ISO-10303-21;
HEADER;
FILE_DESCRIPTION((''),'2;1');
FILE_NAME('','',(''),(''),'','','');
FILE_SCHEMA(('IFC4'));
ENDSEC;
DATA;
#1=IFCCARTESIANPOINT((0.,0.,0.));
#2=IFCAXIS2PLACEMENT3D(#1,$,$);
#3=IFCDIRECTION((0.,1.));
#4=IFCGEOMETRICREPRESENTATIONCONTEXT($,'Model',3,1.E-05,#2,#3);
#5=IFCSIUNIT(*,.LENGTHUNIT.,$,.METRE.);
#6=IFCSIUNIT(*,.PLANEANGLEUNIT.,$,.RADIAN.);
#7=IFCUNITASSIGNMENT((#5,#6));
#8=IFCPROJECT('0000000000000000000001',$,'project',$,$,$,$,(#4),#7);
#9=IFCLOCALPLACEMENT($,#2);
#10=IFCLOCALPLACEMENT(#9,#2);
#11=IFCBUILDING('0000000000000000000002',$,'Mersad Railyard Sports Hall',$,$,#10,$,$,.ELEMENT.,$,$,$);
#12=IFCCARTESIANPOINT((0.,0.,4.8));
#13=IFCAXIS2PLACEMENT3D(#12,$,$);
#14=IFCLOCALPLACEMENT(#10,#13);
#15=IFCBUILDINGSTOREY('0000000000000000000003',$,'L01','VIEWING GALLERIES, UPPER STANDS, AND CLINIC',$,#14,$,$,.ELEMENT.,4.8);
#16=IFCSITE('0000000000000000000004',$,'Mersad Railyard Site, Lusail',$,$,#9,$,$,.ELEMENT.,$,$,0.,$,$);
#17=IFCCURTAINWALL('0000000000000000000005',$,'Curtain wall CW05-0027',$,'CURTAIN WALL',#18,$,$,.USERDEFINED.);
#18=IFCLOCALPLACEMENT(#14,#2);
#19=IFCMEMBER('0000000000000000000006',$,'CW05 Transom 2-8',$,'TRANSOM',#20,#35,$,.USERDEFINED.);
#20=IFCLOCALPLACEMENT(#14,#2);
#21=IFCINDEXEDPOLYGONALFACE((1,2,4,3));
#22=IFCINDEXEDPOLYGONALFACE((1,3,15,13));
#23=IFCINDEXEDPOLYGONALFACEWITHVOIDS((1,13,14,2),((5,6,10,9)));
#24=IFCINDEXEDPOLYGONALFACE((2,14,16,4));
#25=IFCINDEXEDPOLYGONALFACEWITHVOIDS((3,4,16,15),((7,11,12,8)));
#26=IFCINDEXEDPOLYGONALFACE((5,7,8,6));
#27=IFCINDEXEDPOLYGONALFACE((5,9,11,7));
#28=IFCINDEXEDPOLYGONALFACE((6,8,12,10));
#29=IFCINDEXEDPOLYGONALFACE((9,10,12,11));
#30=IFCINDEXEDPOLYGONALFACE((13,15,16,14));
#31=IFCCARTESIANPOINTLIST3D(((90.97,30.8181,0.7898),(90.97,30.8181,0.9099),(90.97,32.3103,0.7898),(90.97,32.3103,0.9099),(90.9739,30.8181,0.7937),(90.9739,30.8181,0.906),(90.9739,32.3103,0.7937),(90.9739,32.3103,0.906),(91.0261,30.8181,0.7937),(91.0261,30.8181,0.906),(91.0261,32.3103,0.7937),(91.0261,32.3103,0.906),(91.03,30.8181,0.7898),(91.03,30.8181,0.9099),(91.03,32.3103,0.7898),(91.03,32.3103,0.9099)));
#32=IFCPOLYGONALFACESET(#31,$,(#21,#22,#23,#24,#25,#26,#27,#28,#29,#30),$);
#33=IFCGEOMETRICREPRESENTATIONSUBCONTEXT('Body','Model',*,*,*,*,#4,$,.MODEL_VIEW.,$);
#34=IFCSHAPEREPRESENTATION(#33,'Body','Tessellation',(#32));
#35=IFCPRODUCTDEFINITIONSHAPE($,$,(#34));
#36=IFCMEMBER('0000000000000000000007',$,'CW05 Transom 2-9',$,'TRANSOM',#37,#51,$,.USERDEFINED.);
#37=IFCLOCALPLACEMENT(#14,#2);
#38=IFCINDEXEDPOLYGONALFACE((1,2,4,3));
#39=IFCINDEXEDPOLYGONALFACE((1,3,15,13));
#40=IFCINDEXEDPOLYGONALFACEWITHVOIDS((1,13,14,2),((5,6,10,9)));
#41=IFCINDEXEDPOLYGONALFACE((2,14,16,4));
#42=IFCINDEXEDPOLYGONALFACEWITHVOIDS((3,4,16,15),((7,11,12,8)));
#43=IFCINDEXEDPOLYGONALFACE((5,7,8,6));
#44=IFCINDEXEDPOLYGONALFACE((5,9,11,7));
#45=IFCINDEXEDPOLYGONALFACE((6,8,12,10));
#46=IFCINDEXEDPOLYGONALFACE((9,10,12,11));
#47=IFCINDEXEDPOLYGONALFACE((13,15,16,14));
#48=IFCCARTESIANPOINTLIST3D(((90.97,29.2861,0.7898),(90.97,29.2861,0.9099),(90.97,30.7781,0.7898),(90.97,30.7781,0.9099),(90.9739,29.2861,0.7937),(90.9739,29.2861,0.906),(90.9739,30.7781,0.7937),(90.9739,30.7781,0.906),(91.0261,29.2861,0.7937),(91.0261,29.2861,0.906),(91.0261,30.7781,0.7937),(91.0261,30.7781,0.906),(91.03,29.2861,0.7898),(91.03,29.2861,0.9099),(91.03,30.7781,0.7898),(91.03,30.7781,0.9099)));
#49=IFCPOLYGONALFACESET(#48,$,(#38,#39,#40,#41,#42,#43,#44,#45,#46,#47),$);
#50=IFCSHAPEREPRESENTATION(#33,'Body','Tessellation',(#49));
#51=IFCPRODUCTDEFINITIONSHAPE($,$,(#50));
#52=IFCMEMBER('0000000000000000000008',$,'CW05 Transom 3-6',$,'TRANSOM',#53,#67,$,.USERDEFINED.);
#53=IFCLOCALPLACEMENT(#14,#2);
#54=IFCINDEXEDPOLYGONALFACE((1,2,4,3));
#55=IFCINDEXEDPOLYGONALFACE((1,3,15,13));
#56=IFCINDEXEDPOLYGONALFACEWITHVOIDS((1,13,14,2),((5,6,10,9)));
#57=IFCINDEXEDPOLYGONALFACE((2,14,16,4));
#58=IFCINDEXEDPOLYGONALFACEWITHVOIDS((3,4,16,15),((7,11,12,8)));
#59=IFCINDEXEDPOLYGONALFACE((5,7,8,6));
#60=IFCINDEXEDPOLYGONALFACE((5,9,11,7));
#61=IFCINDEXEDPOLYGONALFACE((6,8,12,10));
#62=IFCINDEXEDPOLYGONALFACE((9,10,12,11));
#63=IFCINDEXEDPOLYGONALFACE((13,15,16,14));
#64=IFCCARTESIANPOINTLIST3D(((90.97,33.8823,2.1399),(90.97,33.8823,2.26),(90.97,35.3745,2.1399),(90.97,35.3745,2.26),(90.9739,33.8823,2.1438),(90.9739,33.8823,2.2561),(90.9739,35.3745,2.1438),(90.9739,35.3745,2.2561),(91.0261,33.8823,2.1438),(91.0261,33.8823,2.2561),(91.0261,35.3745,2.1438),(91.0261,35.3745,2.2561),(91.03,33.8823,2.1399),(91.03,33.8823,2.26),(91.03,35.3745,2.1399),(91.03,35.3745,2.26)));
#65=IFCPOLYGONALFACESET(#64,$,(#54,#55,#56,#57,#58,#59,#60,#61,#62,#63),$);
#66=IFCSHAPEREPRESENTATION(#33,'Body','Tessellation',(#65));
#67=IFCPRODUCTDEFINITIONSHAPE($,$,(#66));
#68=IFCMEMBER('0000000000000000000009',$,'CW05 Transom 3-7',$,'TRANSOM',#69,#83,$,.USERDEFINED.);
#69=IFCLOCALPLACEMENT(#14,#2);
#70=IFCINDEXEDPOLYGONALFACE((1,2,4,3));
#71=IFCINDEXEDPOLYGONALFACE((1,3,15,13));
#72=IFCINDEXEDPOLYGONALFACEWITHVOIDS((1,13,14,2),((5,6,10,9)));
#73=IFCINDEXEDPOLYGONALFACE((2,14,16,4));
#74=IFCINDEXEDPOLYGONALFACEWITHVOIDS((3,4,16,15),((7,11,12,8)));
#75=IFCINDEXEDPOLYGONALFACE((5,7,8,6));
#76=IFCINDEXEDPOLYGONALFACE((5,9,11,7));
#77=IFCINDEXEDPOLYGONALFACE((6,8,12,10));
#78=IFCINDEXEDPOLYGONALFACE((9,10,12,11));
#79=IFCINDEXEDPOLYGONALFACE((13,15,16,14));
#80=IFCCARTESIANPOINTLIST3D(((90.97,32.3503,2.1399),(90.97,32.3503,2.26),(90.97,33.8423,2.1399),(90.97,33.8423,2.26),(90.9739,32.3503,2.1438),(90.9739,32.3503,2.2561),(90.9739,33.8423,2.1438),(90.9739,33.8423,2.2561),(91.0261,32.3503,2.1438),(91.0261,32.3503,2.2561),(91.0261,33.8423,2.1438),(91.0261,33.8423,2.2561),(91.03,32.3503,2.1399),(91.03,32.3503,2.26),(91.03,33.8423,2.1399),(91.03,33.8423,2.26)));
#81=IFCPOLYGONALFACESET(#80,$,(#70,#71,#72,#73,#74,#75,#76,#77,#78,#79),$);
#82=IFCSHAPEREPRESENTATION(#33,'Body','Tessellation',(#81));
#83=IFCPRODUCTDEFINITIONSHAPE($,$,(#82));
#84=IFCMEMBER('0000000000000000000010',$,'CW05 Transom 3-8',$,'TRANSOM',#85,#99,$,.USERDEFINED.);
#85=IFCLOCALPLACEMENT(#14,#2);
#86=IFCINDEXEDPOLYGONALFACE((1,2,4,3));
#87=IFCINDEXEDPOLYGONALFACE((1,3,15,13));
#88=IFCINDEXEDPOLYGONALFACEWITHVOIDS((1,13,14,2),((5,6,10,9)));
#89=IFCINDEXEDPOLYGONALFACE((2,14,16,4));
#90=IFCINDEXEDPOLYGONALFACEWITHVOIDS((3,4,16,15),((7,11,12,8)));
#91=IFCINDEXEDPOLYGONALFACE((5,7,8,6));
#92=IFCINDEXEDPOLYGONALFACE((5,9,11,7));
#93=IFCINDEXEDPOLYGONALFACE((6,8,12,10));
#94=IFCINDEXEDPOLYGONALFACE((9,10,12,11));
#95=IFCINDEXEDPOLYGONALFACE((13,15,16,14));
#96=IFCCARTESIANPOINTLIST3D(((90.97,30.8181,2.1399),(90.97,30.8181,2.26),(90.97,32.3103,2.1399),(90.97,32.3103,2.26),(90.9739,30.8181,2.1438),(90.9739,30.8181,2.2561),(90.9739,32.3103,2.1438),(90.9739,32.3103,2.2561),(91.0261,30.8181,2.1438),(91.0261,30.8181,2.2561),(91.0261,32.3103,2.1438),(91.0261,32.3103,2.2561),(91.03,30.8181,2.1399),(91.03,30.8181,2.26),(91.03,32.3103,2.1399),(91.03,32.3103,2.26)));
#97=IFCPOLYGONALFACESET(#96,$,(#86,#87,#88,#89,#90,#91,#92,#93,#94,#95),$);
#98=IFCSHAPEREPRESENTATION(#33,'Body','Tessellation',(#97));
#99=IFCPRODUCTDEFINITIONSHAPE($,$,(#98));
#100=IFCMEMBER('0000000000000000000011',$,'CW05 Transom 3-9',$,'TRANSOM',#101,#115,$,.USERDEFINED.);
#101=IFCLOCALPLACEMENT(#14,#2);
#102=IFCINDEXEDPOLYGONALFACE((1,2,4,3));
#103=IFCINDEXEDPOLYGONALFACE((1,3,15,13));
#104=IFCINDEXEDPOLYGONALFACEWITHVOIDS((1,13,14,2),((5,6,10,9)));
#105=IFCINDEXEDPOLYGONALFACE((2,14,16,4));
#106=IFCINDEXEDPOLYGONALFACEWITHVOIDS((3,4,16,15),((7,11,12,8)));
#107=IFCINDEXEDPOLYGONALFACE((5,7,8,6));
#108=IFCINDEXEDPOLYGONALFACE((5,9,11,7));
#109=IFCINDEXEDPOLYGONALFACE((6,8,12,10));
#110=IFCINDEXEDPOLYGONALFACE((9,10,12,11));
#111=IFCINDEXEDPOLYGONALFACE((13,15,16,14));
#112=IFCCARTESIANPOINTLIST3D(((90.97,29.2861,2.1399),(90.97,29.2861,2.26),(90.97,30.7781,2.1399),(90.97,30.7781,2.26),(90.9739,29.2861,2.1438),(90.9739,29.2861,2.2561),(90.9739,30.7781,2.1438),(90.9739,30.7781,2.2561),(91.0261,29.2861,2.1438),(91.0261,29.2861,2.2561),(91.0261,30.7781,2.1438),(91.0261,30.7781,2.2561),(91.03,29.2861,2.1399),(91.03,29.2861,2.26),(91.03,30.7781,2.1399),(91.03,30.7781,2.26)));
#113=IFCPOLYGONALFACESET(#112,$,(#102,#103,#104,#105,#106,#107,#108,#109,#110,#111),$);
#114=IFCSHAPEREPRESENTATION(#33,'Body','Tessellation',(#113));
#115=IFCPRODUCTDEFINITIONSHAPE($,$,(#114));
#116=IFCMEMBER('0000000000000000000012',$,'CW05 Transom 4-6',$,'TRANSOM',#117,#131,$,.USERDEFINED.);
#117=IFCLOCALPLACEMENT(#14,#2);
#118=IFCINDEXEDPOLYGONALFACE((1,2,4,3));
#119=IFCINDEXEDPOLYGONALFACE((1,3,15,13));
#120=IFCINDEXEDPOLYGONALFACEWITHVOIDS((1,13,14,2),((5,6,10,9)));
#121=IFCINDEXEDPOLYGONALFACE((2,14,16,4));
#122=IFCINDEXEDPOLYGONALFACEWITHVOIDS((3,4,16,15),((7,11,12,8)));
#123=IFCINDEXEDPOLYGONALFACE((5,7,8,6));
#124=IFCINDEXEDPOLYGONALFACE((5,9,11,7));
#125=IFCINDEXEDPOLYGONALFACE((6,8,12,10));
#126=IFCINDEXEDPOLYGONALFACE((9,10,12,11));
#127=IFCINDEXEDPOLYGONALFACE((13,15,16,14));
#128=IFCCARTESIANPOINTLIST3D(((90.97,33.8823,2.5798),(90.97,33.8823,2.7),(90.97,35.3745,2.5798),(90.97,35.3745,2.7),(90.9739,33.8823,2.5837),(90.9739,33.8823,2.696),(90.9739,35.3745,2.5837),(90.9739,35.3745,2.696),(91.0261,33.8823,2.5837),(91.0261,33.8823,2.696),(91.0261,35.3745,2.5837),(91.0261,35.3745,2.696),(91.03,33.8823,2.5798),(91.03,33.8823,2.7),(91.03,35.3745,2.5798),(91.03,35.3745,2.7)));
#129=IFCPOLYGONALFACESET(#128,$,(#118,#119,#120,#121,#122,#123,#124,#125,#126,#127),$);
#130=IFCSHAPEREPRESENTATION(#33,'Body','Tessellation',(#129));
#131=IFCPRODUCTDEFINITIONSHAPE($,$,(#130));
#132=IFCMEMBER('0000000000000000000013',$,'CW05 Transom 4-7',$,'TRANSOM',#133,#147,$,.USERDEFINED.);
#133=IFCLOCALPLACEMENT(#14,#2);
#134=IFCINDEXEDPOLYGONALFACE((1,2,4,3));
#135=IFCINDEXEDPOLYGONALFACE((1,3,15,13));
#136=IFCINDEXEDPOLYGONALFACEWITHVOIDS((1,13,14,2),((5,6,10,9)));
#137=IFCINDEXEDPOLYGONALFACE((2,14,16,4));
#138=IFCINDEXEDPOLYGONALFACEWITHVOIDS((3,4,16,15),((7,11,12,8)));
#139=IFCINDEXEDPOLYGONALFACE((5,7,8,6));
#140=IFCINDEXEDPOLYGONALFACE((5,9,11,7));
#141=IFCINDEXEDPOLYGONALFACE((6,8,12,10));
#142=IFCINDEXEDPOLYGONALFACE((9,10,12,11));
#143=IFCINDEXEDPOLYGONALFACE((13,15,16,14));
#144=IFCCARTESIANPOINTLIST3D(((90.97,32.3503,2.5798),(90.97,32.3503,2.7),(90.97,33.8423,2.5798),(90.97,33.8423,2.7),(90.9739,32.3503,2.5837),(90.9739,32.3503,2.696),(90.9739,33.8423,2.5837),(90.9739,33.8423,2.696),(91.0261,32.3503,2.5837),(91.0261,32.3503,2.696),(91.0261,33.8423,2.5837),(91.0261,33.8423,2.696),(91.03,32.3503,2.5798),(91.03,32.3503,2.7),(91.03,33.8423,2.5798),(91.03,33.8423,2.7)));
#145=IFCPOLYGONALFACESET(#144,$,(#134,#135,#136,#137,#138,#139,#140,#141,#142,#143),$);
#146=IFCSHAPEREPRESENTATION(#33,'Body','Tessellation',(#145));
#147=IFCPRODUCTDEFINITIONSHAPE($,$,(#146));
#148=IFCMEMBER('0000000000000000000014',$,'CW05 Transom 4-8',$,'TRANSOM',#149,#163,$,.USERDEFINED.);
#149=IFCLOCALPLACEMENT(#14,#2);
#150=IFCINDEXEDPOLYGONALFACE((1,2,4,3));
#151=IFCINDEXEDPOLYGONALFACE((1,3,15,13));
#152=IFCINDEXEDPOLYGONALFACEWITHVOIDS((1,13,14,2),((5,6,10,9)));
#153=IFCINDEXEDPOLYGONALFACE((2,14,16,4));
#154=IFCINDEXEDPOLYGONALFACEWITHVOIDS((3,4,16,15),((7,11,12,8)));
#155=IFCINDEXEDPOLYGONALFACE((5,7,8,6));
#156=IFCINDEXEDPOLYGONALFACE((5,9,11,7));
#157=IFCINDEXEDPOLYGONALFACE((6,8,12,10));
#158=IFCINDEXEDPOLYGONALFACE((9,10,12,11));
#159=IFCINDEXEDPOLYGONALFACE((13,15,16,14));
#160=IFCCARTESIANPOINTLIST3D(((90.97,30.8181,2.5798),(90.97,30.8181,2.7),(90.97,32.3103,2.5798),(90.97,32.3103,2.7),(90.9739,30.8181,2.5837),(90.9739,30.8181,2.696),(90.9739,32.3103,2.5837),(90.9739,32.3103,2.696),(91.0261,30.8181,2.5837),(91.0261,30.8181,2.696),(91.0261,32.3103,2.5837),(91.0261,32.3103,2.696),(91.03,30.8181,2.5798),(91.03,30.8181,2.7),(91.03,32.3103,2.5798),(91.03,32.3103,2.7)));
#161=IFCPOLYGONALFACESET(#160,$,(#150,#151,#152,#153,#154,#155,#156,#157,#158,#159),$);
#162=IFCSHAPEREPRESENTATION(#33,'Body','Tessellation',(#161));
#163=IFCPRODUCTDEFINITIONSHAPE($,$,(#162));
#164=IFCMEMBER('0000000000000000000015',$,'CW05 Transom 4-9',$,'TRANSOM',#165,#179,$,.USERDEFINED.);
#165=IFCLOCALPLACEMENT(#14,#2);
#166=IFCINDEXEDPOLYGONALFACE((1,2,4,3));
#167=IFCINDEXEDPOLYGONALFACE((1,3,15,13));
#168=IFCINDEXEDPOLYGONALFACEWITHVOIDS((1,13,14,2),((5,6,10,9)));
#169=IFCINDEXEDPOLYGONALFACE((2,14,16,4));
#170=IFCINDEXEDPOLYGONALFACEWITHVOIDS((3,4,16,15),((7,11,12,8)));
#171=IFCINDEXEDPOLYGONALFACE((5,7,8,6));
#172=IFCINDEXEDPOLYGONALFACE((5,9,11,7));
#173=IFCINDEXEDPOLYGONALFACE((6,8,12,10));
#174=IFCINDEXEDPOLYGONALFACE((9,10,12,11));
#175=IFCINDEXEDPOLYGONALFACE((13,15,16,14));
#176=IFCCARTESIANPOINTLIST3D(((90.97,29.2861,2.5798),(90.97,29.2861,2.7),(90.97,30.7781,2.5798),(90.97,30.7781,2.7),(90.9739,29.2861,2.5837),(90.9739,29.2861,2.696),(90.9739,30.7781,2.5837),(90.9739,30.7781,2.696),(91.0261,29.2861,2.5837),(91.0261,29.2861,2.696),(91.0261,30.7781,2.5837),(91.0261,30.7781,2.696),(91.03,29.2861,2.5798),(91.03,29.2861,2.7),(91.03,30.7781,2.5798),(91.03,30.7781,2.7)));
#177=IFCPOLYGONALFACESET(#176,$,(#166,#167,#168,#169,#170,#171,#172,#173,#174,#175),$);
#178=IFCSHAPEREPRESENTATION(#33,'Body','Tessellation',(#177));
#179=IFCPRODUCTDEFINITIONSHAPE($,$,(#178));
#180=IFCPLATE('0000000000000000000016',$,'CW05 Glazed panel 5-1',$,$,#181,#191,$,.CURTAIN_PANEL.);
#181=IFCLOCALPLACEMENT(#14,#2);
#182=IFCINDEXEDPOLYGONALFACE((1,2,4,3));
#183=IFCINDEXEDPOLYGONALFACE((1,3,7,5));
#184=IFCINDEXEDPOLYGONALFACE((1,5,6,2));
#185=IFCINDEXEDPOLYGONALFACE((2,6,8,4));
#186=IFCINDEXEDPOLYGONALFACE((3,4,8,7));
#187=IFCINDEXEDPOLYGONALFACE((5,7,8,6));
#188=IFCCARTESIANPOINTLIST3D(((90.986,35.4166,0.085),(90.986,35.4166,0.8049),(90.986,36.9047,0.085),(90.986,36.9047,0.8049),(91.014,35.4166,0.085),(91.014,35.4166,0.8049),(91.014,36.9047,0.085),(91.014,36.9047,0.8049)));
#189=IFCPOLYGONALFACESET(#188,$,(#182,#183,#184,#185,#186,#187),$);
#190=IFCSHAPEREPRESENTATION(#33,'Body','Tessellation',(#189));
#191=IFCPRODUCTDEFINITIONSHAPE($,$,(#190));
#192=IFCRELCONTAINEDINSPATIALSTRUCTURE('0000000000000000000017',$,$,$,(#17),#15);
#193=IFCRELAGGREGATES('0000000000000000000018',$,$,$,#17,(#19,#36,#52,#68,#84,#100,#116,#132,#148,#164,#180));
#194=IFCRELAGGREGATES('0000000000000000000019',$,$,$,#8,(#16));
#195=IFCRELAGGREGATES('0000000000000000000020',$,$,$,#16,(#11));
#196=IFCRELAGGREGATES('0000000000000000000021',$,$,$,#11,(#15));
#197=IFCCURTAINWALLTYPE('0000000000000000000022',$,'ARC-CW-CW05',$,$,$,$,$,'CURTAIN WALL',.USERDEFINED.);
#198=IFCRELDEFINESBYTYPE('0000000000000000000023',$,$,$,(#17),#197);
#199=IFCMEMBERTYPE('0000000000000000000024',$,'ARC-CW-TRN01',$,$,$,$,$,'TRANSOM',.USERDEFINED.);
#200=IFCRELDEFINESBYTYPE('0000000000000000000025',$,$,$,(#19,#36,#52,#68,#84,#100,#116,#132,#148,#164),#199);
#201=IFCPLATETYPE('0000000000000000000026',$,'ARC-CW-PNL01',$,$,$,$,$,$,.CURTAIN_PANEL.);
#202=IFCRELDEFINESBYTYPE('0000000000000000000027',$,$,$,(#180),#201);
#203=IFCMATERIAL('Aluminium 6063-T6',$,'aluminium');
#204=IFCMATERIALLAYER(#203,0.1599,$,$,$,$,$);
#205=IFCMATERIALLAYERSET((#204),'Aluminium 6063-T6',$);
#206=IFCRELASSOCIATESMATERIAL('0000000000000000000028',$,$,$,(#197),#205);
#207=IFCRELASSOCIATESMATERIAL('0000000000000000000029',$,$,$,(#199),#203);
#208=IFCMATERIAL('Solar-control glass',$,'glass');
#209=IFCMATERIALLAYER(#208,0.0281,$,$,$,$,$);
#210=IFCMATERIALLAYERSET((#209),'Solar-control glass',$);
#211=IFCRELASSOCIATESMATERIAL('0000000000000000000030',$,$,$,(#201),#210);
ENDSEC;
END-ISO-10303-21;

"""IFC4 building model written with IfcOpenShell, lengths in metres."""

from ifc_helpers import new_model, si_unit, direction, frame, origin, origin_2d, place, context, subcontext, project, spatial, rectangle, hollow_rectangle, extrude, material, layer, layer_set, material_profile, profile_set, type_object, element, aggregate, save


model = new_model("IFC4")

# Units and contexts
model_context = context("Model", 3, precision=1e-05, world=origin(), true_north=direction((0.0, 1.0)))
body_context = subcontext(model_context, "Body", "Model", "MODEL_VIEW")
ifc_project = project(units=[si_unit("LENGTHUNIT", "METRE"), si_unit("PLANEANGLEUNIT", "RADIAN")], contexts=[model_context])

# Site, building, storey
site_placement = place(None, origin())
site = spatial("IfcSite", under=ifc_project, at=site_placement, Name="Mersad Railyard Site, Lusail", CompositionType="ELEMENT", RefElevation=0.0)
building_placement = place(site_placement, origin())
building = spatial("IfcBuilding", under=site, at=building_placement, Name="Mersad Railyard Sports Hall", CompositionType="ELEMENT")
storey_placement = place(building_placement, frame((0.0, 0.0, 4.8)))
storey = spatial("IfcBuildingStorey", under=building, at=storey_placement, Name="L01", Description="VIEWING GALLERIES, UPPER STANDS, AND CLINIC", CompositionType="ELEMENT", Elevation=4.8)

# Curtain wall, members, plate
ifc_material_1 = material(Name="Aluminium 6063-T6", Category="aluminium")
ifc_layer_1 = layer(ifc_material_1, 0.1599)
ifc_layer_set_1 = layer_set([ifc_layer_1], Name="Aluminium 6063-T6")
curtain_wall_type = type_object("IfcCurtainWallType", Name="ARC-CW-CW05", ElementType="CURTAIN WALL", PredefinedType="USERDEFINED", material=ifc_layer_set_1)
curtain_wall_placement = place(storey_placement, origin())
curtain_wall = element("IfcCurtainWall", 1, at=curtain_wall_placement, inside=storey, type_object=curtain_wall_type, Name="Curtain wall CW05-0027", ObjectType="CURTAIN WALL", PredefinedType="USERDEFINED")
ifc_material_profile_1 = material_profile(ifc_material_1, hollow_rectangle(XDim=0.0601, YDim=0.1201, WallThickness=0.0039, at=origin_2d()), Name="AL TRANSOM 60x120x4")
ifc_profile_set_1 = profile_set([ifc_material_profile_1], Name="Aluminium 6063-T6")
member_type_1 = type_object("IfcMemberType", Name="ARC-CW-TRN01", ElementType="TRANSOM", PredefinedType="USERDEFINED", material=ifc_profile_set_1)
member_1_placement = place(storey_placement, frame((91.0, 32.3103, 0.8499), z_axis=(0.0, -1.0, 0.0), x_axis=(1.0, 0.0, 0.0)))
member_1 = element("IfcMember", 2, at=member_1_placement, type_object=member_type_1, Name="CW05 Transom 2-8", ObjectType="TRANSOM", PredefinedType="USERDEFINED", context=body_context, shape_type="SweptSolid", body=[
    extrude(hollow_rectangle(XDim=0.0601, YDim=0.1201, WallThickness=0.0039, at=origin_2d()), origin(), (0.0, 0.0, 1.0), 1.4922),
])
member_2_placement = place(storey_placement, frame((91.0, 30.7781, 0.8499), z_axis=(0.0, -1.0, 0.0), x_axis=(1.0, 0.0, 0.0)))
member_2 = element("IfcMember", 3, at=member_2_placement, type_object=member_type_1, Name="CW05 Transom 2-9", ObjectType="TRANSOM", PredefinedType="USERDEFINED", context=body_context, shape_type="SweptSolid", body=[
    extrude(hollow_rectangle(XDim=0.0601, YDim=0.1201, WallThickness=0.0039, at=origin_2d()), origin(), (0.0, 0.0, 1.0), 1.4919),
])
member_3_placement = place(storey_placement, frame((91.0, 35.3745, 2.2), z_axis=(0.0, -1.0, 0.0), x_axis=(1.0, 0.0, 0.0)))
member_3 = element("IfcMember", 4, at=member_3_placement, type_object=member_type_1, Name="CW05 Transom 3-6", ObjectType="TRANSOM", PredefinedType="USERDEFINED", context=body_context, shape_type="SweptSolid", body=[
    extrude(hollow_rectangle(XDim=0.0601, YDim=0.1201, WallThickness=0.0039, at=origin_2d()), origin(), (0.0, 0.0, 1.0), 1.4922),
])
member_4_placement = place(storey_placement, frame((91.0, 33.8423, 2.2), z_axis=(0.0, -1.0, 0.0), x_axis=(1.0, 0.0, 0.0)))
member_4 = element("IfcMember", 5, at=member_4_placement, type_object=member_type_1, Name="CW05 Transom 3-7", ObjectType="TRANSOM", PredefinedType="USERDEFINED", context=body_context, shape_type="SweptSolid", body=[
    extrude(hollow_rectangle(XDim=0.0601, YDim=0.1201, WallThickness=0.0039, at=origin_2d()), origin(), (0.0, 0.0, 1.0), 1.4919),
])
member_5_placement = place(storey_placement, frame((91.0, 32.3103, 2.2), z_axis=(0.0, -1.0, 0.0), x_axis=(1.0, 0.0, 0.0)))
member_5 = element("IfcMember", 6, at=member_5_placement, type_object=member_type_1, Name="CW05 Transom 3-8", ObjectType="TRANSOM", PredefinedType="USERDEFINED", context=body_context, shape_type="SweptSolid", body=[
    extrude(hollow_rectangle(XDim=0.0601, YDim=0.1201, WallThickness=0.0039, at=origin_2d()), origin(), (0.0, 0.0, 1.0), 1.4922),
])
member_6_placement = place(storey_placement, frame((91.0, 30.7781, 2.2), z_axis=(0.0, -1.0, 0.0), x_axis=(1.0, 0.0, 0.0)))
member_6 = element("IfcMember", 7, at=member_6_placement, type_object=member_type_1, Name="CW05 Transom 3-9", ObjectType="TRANSOM", PredefinedType="USERDEFINED", context=body_context, shape_type="SweptSolid", body=[
    extrude(hollow_rectangle(XDim=0.0601, YDim=0.1201, WallThickness=0.0039, at=origin_2d()), origin(), (0.0, 0.0, 1.0), 1.4919),
])
member_7_placement = place(storey_placement, frame((91.0, 35.3745, 2.6399), z_axis=(0.0, -1.0, 0.0), x_axis=(1.0, 0.0, 0.0)))
member_7 = element("IfcMember", 8, at=member_7_placement, type_object=member_type_1, Name="CW05 Transom 4-6", ObjectType="TRANSOM", PredefinedType="USERDEFINED", context=body_context, shape_type="SweptSolid", body=[
    extrude(hollow_rectangle(XDim=0.0601, YDim=0.1201, WallThickness=0.0039, at=origin_2d()), origin(), (0.0, 0.0, 1.0), 1.4922),
])
member_8_placement = place(storey_placement, frame((91.0, 33.8423, 2.6399), z_axis=(0.0, -1.0, 0.0), x_axis=(1.0, 0.0, 0.0)))
member_8 = element("IfcMember", 9, at=member_8_placement, type_object=member_type_1, Name="CW05 Transom 4-7", ObjectType="TRANSOM", PredefinedType="USERDEFINED", context=body_context, shape_type="SweptSolid", body=[
    extrude(hollow_rectangle(XDim=0.0601, YDim=0.1201, WallThickness=0.0039, at=origin_2d()), origin(), (0.0, 0.0, 1.0), 1.4919),
])
member_9_placement = place(storey_placement, frame((91.0, 32.3103, 2.6399), z_axis=(0.0, -1.0, 0.0), x_axis=(1.0, 0.0, 0.0)))
member_9 = element("IfcMember", 10, at=member_9_placement, type_object=member_type_1, Name="CW05 Transom 4-8", ObjectType="TRANSOM", PredefinedType="USERDEFINED", context=body_context, shape_type="SweptSolid", body=[
    extrude(hollow_rectangle(XDim=0.0601, YDim=0.1201, WallThickness=0.0039, at=origin_2d()), origin(), (0.0, 0.0, 1.0), 1.4922),
])
member_10_placement = place(storey_placement, frame((91.0, 30.7781, 2.6399), z_axis=(0.0, -1.0, 0.0), x_axis=(1.0, 0.0, 0.0)))
member_10 = element("IfcMember", 11, at=member_10_placement, type_object=member_type_1, Name="CW05 Transom 4-9", ObjectType="TRANSOM", PredefinedType="USERDEFINED", context=body_context, shape_type="SweptSolid", body=[
    extrude(hollow_rectangle(XDim=0.0601, YDim=0.1201, WallThickness=0.0039, at=origin_2d()), origin(), (0.0, 0.0, 1.0), 1.4919),
])
ifc_material_2 = material(Name="Solar-control glass", Category="glass")
ifc_layer_2 = layer(ifc_material_2, 0.0281)
ifc_layer_set_2 = layer_set([ifc_layer_2], Name="Solar-control glass")
plate_type = type_object("IfcPlateType", Name="ARC-CW-PNL01", PredefinedType="CURTAIN_PANEL", material=ifc_layer_set_2)
plate_1_placement = place(storey_placement, frame((91.0, 36.1606, 0.085), z_axis=(0.0, 0.0, 1.0), x_axis=(0.0, -1.0, 0.0)))
plate_1 = element("IfcPlate", 12, at=plate_1_placement, type_object=plate_type, Name="CW05 Glazed panel 5-1", PredefinedType="CURTAIN_PANEL", context=body_context, shape_type="SweptSolid", body=[
    extrude(rectangle(XDim=1.488, YDim=0.0281, at=origin_2d()), origin(), (0.0, 0.0, 1.0), 0.72),
])
aggregate(curtain_wall, [member_1, member_2, member_3, member_4, member_5, member_6, member_7, member_8, member_9, member_10, plate_1])

save(model, "model.ifc")
